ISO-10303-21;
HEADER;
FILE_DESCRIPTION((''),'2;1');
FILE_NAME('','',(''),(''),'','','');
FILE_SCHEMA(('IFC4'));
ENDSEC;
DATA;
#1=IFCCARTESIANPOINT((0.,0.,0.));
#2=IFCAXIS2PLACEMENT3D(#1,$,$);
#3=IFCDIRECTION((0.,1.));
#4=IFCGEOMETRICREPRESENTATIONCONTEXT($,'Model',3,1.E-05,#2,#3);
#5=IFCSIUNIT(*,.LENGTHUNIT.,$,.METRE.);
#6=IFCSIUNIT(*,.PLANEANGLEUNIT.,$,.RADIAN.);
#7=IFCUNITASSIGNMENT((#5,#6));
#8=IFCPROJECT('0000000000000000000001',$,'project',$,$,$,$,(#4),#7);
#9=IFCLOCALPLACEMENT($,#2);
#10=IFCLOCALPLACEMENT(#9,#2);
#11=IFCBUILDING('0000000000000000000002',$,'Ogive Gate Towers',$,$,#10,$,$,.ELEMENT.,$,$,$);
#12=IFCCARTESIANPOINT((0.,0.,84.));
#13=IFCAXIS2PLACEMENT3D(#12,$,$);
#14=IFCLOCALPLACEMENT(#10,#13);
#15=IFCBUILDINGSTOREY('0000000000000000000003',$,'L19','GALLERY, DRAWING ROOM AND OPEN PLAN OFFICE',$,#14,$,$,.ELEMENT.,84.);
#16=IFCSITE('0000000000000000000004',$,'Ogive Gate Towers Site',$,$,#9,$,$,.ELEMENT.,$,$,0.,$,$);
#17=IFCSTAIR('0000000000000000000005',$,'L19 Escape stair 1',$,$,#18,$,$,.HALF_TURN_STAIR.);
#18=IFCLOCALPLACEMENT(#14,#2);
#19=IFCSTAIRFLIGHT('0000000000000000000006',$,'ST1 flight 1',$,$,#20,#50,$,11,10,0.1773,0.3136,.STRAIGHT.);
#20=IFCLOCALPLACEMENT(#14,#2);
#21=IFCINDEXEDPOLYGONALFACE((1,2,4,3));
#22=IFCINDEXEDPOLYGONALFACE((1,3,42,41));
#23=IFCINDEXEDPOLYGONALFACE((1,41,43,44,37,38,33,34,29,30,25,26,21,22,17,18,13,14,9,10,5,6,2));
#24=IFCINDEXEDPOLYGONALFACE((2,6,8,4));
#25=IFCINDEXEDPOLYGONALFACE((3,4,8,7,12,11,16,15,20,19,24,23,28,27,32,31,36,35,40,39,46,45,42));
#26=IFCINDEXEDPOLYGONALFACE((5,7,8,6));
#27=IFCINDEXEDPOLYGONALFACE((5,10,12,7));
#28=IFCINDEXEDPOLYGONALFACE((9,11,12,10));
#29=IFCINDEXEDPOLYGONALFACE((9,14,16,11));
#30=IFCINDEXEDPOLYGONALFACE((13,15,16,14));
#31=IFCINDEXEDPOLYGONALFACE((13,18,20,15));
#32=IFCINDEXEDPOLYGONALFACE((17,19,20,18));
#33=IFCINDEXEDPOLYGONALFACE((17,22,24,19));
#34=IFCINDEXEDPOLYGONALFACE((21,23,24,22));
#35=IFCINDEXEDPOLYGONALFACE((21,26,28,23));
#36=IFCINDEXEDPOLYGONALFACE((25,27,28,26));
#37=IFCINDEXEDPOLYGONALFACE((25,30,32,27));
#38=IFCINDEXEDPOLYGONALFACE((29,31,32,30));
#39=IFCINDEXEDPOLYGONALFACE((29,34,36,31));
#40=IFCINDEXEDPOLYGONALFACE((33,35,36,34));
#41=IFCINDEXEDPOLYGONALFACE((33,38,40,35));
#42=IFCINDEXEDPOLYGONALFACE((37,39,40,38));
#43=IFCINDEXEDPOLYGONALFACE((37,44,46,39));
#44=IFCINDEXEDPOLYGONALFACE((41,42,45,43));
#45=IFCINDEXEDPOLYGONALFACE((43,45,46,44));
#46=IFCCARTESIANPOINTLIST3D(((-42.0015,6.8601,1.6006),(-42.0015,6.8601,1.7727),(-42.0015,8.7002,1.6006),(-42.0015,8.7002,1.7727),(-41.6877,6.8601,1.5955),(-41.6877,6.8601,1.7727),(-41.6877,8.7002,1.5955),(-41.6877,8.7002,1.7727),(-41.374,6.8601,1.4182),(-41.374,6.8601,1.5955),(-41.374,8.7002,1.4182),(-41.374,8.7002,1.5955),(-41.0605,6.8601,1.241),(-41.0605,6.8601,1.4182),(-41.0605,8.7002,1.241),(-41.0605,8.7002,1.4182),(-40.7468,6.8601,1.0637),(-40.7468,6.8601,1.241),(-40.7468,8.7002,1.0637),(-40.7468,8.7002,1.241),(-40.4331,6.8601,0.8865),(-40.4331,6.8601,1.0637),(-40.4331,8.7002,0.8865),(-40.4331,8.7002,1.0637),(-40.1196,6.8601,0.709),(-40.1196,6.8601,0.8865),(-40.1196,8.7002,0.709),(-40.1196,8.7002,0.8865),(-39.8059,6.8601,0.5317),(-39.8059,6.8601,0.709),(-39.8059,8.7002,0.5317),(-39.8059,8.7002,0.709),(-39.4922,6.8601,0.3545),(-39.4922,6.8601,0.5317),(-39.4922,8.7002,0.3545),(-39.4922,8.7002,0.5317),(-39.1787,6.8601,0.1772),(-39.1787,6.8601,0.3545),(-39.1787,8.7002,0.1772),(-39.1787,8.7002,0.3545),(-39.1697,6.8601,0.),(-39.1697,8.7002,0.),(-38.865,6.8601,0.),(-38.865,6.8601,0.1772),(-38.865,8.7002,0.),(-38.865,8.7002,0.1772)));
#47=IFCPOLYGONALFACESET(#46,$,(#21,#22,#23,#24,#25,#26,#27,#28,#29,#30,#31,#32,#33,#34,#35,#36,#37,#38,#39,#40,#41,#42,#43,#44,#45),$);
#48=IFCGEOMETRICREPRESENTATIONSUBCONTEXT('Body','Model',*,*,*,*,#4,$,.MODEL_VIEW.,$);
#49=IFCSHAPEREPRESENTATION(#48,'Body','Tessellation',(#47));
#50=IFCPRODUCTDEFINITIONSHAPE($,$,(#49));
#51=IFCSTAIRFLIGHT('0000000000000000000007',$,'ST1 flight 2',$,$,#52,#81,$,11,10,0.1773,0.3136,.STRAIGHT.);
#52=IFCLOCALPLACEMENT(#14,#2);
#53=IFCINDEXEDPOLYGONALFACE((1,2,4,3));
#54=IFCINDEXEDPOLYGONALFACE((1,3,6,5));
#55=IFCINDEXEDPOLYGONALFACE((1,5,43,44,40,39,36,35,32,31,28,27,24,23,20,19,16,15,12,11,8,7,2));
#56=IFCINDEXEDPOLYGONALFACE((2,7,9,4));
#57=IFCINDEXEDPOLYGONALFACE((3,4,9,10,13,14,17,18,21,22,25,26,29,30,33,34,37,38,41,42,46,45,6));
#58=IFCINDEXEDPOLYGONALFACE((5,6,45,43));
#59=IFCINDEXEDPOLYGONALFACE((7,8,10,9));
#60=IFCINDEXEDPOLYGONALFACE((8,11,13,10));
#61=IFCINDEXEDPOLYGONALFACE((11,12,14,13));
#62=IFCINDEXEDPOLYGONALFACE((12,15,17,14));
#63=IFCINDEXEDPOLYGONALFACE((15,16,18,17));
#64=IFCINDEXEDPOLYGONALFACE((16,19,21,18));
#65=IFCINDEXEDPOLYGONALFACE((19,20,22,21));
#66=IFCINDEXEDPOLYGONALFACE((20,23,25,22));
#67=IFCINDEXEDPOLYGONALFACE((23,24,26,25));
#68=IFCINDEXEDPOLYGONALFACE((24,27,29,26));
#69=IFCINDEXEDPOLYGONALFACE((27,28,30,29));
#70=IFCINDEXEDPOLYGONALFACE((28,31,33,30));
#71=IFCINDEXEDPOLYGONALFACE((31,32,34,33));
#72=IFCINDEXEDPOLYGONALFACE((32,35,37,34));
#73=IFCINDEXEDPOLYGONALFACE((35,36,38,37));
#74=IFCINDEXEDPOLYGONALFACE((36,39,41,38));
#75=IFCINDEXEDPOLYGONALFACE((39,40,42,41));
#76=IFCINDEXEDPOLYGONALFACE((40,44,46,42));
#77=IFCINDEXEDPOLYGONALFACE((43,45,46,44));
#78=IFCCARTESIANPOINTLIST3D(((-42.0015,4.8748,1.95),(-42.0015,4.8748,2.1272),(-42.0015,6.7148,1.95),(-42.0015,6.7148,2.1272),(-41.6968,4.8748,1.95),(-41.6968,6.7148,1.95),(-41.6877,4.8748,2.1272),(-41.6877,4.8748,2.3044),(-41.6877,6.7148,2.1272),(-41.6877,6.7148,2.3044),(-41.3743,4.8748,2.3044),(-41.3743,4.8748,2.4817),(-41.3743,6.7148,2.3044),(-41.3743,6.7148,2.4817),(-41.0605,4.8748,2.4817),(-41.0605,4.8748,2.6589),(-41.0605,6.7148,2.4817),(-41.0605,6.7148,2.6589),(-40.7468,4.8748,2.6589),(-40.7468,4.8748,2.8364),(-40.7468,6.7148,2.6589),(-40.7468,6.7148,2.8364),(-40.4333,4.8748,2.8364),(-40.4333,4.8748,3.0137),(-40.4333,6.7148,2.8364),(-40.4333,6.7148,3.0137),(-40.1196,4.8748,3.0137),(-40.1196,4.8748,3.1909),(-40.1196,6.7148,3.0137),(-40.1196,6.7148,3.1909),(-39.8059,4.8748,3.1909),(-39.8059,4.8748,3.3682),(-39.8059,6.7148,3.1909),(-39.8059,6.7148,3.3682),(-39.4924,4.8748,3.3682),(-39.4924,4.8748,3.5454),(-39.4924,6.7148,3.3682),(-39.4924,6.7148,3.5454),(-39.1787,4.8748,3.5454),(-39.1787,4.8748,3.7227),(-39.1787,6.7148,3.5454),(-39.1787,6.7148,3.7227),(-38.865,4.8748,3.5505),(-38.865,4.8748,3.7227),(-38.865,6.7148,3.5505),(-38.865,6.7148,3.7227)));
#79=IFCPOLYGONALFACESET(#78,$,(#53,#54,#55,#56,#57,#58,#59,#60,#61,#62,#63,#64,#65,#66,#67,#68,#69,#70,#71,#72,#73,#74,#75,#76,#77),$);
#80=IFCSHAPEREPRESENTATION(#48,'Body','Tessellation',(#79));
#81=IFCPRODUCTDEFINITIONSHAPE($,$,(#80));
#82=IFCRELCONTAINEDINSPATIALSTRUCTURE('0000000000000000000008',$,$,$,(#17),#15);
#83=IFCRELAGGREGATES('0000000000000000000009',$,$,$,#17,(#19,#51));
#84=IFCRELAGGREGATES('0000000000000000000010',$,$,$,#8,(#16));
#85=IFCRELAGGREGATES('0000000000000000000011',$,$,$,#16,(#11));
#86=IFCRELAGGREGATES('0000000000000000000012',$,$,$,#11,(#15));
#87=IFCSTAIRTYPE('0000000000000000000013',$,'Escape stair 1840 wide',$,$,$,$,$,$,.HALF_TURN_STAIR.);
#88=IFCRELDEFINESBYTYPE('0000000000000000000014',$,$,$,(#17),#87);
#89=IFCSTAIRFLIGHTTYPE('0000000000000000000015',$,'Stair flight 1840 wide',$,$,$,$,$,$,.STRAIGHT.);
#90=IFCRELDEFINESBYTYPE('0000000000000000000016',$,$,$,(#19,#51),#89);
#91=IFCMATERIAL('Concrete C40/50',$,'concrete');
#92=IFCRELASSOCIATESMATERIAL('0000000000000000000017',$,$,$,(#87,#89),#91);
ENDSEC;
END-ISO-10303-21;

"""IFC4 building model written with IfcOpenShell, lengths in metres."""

from ifc_helpers import new_model, si_unit, direction, frame, origin, place, context, subcontext, project, spatial, polyline, outline, extrude, material, type_object, element, aggregate, save


model = new_model("IFC4")

# Units and contexts
model_context = context("Model", 3, precision=1e-05, world=origin(), true_north=direction((0.0, 1.0)))
body_context = subcontext(model_context, "Body", "Model", "MODEL_VIEW")
ifc_project = project(units=[si_unit("LENGTHUNIT", "METRE"), si_unit("PLANEANGLEUNIT", "RADIAN")], contexts=[model_context])

# Site, building, storey
site_placement = place(None, origin())
site = spatial("IfcSite", under=ifc_project, at=site_placement, Name="Ogive Gate Towers Site", CompositionType="ELEMENT", RefElevation=0.0)
building_placement = place(site_placement, origin())
building = spatial("IfcBuilding", under=site, at=building_placement, Name="Ogive Gate Towers", CompositionType="ELEMENT")
storey_placement = place(building_placement, frame((0.0, 0.0, 84.0)))
storey = spatial("IfcBuildingStorey", under=building, at=storey_placement, Name="L19", Description="GALLERY, DRAWING ROOM AND OPEN PLAN OFFICE", CompositionType="ELEMENT", Elevation=84.0)

# Stair, stair flights
ifc_material_1 = material(Name="Concrete C40/50", Category="concrete")
stair_type = type_object("IfcStairType", Name="Escape stair 1840 wide", PredefinedType="HALF_TURN_STAIR", material=ifc_material_1)
stair_placement = place(storey_placement, origin())
stair = element("IfcStair", 1, at=stair_placement, inside=storey, type_object=stair_type, Name="L19 Escape stair 1", PredefinedType="HALF_TURN_STAIR")
stair_flight_type = type_object("IfcStairFlightType", Name="Stair flight 1840 wide", PredefinedType="STRAIGHT", material=ifc_material_1)
stair_flight_1_placement = place(storey_placement, frame((-38.865, 7.78, 0.0), z_axis=(0.0, 0.0, 1.0), x_axis=(-1.0, 0.0, 0.0)))
stair_flight_1 = element("IfcStairFlight", 2, at=stair_flight_1_placement, type_object=stair_flight_type, Name="ST1 flight 1", NumberOfRisers=11, NumberOfTreads=10, PredefinedType="STRAIGHT", RiserHeight=0.1773, TreadLength=0.3136, context=body_context, shape_type="SweptSolid", body=[
    extrude(outline(polyline([(0.0, 0.0), (0.0, 0.1772), (0.3137, 0.1772), (0.3137, 0.3545), (0.6272, 0.3545), (0.6272, 0.5317), (0.9409, 0.5317), (0.9409, 0.709), (1.2546, 0.709), (1.2546, 0.8865), (1.5681, 0.8865), (1.5681, 1.0637), (1.8818, 1.0637), (1.8818, 1.241), (2.1956, 1.241), (2.1956, 1.4182), (2.509, 1.4182), (2.509, 1.5955), (2.8228, 1.5955), (2.8228, 1.7727), (3.1365, 1.7727), (3.1365, 1.95), (3.1365, 1.6006), (0.3047, 0.0), (0.0, 0.0)])), frame((0.0, 0.9199, 0.0), z_axis=(0.0, -1.0, 0.0), x_axis=(1.0, 0.0, 0.0)), (0.0, 0.0, 1.0), 1.8401),
])
stair_flight_2_placement = place(storey_placement, frame((-42.0015, 5.7949, 1.95), z_axis=(0.0, 0.0, 1.0), x_axis=(1.0, 0.0, 0.0)))
stair_flight_2 = element("IfcStairFlight", 3, at=stair_flight_2_placement, type_object=stair_flight_type, Name="ST1 flight 2", NumberOfRisers=11, NumberOfTreads=10, PredefinedType="STRAIGHT", RiserHeight=0.1773, TreadLength=0.3136, context=body_context, shape_type="SweptSolid", body=[
    extrude(outline(polyline([(0.0, 0.0), (0.0, 0.1772), (0.3137, 0.1772), (0.3137, 0.3545), (0.6272, 0.3545), (0.6272, 0.5317), (0.9409, 0.5317), (0.9409, 0.709), (1.2546, 0.709), (1.2546, 0.8865), (1.5681, 0.8865), (1.5681, 1.0637), (1.8818, 1.0637), (1.8818, 1.241), (2.1956, 1.241), (2.1956, 1.4182), (2.509, 1.4182), (2.509, 1.5955), (2.8228, 1.5955), (2.8228, 1.7727), (3.1365, 1.7727), (3.1365, 1.95), (3.1365, 1.6006), (0.3047, 0.0), (0.0, 0.0)])), frame((0.0, 0.9199, 0.0), z_axis=(0.0, -1.0, 0.0), x_axis=(1.0, 0.0, 0.0)), (0.0, 0.0, 1.0), 1.8401),
])
aggregate(stair, [stair_flight_1, stair_flight_2])

save(model, "model.ifc")
